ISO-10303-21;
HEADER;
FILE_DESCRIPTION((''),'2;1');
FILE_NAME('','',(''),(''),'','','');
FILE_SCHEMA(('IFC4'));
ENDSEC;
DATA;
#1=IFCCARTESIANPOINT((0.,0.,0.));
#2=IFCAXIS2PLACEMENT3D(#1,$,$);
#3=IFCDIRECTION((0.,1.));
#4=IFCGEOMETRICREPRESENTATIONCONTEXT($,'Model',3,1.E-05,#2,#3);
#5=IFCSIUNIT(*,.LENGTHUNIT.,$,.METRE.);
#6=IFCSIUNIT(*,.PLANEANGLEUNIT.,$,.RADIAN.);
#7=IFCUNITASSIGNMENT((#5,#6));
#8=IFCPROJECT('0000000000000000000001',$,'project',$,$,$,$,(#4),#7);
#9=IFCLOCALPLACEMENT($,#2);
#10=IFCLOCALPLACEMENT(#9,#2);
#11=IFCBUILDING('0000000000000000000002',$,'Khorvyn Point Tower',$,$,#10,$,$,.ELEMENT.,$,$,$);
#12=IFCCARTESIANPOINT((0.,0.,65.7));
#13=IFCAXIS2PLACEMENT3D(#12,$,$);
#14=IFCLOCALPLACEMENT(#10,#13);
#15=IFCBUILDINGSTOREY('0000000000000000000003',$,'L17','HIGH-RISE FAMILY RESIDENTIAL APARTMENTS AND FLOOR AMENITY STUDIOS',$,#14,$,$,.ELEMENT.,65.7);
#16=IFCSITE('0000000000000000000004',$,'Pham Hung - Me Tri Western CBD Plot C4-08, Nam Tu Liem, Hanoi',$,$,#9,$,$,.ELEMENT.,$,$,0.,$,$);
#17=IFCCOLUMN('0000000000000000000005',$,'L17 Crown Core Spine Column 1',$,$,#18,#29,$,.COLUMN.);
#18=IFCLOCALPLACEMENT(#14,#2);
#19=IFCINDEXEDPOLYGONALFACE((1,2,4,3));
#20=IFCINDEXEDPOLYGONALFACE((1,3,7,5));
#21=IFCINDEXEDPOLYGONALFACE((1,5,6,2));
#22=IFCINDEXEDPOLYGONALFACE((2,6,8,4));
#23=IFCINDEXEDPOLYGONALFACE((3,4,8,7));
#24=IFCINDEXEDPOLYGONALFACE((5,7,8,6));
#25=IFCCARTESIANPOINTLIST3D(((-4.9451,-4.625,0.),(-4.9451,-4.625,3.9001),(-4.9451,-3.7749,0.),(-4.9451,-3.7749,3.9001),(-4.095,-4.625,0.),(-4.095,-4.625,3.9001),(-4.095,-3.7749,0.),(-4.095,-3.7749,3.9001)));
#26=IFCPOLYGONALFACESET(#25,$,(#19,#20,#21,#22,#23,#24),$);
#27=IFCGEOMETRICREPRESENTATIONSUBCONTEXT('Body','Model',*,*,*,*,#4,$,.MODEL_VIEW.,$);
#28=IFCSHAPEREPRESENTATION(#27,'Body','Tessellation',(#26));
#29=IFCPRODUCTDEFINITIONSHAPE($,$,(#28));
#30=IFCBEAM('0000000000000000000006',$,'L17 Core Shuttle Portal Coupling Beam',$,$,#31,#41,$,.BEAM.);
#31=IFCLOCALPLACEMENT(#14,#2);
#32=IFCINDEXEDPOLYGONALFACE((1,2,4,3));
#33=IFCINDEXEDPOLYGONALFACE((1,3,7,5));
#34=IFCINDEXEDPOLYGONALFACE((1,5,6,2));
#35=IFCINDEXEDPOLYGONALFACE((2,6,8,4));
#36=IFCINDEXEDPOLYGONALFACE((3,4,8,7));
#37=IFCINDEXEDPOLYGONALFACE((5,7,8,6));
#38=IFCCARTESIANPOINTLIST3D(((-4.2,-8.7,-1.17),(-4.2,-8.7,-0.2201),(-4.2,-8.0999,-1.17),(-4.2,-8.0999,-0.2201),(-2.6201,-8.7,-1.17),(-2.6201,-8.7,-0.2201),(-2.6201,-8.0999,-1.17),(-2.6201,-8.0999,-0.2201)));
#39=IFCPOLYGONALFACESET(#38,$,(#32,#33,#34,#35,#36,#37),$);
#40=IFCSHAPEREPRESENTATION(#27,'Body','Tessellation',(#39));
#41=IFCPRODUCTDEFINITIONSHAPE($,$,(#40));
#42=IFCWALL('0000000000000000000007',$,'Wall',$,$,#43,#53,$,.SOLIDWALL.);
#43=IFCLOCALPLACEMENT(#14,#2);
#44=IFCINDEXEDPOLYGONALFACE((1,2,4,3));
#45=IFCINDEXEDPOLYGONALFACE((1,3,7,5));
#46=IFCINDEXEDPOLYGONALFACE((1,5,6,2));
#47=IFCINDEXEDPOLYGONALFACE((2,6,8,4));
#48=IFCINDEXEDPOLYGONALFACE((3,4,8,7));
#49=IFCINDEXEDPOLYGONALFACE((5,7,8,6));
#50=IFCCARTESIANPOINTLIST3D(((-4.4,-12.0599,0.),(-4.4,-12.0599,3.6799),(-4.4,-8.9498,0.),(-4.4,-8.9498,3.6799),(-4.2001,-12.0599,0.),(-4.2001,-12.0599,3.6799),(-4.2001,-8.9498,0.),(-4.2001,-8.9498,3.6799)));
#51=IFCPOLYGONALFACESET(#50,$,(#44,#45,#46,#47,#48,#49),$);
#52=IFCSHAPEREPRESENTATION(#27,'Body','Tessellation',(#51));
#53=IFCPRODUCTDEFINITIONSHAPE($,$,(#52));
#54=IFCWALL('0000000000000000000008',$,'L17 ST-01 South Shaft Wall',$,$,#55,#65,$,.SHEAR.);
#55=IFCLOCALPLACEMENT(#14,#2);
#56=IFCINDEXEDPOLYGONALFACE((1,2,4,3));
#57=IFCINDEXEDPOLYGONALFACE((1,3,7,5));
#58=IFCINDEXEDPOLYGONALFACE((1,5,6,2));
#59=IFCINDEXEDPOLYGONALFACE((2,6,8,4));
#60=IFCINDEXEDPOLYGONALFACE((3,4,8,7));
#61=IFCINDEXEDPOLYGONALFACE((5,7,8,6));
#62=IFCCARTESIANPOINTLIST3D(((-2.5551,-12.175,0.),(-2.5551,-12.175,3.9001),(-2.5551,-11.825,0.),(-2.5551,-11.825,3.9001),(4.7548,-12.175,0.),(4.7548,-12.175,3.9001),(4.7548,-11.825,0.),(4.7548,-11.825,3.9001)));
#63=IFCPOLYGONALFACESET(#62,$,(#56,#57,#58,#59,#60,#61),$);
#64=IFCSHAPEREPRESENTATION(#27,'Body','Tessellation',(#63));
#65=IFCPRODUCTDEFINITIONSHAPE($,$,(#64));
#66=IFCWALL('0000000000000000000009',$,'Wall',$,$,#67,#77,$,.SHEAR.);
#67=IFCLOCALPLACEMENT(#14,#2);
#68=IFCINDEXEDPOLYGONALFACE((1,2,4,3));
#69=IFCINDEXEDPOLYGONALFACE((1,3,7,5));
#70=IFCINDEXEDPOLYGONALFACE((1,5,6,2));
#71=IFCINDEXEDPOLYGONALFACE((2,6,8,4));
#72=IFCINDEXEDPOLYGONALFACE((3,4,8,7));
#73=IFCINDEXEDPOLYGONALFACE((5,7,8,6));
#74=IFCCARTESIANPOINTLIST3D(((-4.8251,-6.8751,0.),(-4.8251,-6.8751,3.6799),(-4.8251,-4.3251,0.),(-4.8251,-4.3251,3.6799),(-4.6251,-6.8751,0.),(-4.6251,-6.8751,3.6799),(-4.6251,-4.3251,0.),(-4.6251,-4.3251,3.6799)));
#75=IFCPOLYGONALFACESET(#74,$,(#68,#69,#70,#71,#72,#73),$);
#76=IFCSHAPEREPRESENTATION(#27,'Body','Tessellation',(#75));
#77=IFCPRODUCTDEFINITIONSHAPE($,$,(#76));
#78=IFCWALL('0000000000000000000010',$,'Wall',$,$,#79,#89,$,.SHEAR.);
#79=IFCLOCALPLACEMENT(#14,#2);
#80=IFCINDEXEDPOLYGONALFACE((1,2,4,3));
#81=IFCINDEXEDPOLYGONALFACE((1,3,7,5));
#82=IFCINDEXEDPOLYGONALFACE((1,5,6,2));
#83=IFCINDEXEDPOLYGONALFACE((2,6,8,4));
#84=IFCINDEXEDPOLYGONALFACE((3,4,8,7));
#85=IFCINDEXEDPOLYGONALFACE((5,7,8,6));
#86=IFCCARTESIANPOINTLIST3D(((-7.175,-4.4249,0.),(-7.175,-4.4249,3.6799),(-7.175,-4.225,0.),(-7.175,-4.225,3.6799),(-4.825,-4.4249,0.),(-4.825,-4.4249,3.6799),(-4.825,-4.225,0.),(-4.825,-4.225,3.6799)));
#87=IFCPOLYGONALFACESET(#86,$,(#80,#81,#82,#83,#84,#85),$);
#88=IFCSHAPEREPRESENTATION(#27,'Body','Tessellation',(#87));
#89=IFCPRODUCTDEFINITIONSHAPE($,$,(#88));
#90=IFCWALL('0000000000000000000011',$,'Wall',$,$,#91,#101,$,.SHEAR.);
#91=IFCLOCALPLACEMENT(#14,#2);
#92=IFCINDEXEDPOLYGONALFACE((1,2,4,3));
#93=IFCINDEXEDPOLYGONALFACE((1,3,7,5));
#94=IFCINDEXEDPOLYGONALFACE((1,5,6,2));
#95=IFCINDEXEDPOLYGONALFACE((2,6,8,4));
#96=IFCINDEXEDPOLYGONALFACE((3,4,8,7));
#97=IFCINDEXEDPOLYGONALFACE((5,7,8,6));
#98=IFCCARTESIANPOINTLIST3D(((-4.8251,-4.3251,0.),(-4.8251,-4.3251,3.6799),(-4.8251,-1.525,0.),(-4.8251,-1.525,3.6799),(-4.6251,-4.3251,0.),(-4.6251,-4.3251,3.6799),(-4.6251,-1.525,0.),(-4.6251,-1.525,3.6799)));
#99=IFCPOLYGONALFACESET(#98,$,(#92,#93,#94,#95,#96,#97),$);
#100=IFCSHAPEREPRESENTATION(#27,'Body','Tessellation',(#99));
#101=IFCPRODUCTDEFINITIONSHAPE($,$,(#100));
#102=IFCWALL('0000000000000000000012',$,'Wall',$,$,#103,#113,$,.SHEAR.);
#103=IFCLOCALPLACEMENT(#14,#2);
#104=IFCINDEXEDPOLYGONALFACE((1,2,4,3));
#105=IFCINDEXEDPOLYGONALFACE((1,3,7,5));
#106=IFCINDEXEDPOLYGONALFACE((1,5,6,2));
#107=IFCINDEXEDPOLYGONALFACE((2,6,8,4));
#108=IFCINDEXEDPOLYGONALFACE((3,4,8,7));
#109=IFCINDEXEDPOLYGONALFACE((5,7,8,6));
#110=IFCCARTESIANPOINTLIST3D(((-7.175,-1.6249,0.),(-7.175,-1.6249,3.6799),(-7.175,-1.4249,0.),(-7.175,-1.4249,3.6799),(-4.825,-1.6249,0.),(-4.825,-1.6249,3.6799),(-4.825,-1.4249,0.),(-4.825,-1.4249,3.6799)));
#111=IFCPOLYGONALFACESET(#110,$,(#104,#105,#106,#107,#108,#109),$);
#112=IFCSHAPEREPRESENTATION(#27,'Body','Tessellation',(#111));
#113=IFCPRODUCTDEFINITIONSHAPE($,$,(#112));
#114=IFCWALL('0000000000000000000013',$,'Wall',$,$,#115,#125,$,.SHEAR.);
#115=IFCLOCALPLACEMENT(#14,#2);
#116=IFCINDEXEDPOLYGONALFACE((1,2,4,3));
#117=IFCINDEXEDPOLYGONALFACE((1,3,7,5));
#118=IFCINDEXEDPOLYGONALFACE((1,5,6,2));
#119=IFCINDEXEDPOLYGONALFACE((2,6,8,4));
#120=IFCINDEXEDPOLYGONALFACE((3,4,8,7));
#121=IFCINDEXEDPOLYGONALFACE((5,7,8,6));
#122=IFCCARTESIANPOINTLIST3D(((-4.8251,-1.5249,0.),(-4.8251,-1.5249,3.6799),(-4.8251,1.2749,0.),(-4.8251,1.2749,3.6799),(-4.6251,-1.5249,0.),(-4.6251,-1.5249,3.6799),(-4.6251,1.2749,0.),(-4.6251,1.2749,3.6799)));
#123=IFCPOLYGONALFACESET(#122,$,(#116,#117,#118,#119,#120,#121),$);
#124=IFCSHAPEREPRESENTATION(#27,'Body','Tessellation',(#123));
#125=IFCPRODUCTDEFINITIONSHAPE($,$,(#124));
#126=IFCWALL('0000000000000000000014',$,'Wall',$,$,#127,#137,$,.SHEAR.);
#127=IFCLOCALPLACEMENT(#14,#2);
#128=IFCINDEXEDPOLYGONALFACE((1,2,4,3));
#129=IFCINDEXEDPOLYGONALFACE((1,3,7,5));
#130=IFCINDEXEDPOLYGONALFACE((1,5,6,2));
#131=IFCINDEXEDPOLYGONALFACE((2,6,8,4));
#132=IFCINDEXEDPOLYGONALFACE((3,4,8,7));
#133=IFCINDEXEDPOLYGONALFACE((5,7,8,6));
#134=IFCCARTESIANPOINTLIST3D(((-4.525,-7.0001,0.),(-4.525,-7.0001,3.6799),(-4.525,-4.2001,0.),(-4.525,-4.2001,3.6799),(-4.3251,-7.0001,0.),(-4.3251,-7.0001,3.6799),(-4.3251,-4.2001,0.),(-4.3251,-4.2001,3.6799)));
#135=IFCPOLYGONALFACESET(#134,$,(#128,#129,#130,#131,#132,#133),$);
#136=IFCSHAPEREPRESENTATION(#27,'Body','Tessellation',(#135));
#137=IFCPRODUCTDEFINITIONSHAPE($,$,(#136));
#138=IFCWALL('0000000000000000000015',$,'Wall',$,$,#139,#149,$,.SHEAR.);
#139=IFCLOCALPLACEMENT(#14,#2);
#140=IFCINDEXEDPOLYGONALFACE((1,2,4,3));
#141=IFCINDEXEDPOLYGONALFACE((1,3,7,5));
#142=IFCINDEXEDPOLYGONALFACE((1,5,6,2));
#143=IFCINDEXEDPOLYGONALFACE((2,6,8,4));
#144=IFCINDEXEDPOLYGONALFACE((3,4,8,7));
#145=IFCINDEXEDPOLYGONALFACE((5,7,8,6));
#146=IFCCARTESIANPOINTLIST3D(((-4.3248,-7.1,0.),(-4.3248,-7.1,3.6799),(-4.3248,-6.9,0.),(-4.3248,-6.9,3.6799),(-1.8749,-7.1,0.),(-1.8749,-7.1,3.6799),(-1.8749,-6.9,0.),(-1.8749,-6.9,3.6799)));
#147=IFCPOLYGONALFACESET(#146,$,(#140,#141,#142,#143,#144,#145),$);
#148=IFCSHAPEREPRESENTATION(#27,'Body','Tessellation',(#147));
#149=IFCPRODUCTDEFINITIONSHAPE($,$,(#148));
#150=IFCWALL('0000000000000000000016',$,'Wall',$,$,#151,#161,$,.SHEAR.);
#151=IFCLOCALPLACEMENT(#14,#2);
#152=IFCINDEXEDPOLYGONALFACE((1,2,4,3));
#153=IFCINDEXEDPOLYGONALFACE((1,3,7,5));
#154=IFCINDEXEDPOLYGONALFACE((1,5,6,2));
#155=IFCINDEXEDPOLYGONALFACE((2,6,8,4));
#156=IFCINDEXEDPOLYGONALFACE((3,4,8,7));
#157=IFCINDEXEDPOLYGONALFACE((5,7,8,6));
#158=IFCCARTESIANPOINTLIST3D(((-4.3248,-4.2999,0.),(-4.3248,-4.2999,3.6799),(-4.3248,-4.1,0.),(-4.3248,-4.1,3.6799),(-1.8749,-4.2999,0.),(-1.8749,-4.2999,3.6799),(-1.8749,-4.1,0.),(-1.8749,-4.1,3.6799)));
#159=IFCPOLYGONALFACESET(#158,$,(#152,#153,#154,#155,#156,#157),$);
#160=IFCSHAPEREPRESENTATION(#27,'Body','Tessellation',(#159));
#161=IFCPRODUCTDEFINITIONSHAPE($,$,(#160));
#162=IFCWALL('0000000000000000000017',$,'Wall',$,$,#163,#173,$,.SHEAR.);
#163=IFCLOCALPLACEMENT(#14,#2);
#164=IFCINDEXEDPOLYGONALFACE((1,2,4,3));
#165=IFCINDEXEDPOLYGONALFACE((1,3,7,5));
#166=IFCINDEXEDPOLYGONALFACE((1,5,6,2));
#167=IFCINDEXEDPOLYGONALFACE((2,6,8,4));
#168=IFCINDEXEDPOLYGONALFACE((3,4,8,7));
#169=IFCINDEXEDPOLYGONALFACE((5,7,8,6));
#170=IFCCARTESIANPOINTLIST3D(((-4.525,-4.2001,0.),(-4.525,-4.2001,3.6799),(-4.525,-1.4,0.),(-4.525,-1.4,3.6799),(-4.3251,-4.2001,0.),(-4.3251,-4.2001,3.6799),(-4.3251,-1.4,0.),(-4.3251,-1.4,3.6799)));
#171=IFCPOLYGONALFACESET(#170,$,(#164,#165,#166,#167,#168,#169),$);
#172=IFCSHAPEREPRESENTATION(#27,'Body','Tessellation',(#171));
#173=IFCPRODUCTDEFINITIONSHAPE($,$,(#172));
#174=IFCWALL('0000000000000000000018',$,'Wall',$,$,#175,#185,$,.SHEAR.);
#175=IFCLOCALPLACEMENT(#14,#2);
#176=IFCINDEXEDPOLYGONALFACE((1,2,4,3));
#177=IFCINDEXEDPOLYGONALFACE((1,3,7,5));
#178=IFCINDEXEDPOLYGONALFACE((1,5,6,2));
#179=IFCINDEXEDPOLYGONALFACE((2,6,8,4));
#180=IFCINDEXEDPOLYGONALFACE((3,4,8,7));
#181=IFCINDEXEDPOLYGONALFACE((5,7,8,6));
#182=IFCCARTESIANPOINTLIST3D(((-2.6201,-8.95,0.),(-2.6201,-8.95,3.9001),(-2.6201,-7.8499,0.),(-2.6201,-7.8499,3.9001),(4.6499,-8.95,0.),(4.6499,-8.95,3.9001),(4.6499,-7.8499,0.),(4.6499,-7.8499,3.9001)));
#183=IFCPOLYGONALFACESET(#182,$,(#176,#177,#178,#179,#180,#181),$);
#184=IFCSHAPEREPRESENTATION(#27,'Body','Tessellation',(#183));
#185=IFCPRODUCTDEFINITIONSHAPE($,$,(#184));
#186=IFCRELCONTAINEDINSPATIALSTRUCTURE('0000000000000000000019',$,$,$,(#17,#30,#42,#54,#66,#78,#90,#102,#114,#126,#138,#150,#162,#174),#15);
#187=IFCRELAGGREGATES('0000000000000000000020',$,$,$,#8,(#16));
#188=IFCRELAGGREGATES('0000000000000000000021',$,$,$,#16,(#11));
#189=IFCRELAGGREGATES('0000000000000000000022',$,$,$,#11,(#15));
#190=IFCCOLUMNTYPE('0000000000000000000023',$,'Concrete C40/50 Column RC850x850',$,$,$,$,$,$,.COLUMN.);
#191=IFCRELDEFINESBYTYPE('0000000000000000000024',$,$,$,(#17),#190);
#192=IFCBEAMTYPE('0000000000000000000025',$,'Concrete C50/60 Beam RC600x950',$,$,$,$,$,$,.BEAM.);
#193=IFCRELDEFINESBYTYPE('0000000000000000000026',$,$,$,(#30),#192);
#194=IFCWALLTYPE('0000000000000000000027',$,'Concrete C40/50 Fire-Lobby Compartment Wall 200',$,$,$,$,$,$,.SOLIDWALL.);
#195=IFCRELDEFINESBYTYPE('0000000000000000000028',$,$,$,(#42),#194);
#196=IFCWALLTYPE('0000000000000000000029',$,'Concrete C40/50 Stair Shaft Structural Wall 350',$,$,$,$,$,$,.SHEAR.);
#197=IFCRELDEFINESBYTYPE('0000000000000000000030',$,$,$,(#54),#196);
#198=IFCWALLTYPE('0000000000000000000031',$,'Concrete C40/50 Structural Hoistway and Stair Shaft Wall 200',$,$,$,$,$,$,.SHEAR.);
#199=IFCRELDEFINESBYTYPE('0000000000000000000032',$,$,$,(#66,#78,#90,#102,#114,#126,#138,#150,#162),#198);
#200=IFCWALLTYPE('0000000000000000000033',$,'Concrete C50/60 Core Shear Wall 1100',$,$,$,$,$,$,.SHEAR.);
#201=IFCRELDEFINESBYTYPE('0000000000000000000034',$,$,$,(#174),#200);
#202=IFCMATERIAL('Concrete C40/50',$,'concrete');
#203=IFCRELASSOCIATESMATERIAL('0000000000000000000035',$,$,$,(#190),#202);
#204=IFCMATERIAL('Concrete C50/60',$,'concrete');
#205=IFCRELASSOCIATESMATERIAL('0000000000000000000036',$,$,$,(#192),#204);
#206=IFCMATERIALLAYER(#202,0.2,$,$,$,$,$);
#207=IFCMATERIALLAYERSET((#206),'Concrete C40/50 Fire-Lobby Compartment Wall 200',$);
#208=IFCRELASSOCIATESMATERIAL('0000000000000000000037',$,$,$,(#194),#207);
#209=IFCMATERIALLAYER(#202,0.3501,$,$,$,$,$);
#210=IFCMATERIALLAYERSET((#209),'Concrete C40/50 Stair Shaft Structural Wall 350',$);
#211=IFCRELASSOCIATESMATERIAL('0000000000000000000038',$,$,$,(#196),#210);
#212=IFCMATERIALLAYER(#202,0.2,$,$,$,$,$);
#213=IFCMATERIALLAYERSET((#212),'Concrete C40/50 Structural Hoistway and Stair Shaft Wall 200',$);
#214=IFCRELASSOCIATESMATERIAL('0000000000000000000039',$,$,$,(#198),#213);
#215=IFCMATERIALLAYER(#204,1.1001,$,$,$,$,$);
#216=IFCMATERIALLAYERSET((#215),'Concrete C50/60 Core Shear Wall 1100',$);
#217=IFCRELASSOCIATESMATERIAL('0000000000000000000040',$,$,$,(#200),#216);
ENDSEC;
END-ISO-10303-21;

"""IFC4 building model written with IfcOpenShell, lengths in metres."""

from ifc_helpers import new_model, si_unit, direction, frame, frame_2d, origin, origin_2d, place, context, subcontext, project, spatial, rectangle, extrude, material, layer, layer_set, material_profile, profile_set, type_object, element, save


model = new_model("IFC4")

# Units and contexts
model_context = context("Model", 3, precision=1e-05, world=origin(), true_north=direction((0.0, 1.0)))
body_context = subcontext(model_context, "Body", "Model", "MODEL_VIEW")
ifc_project = project(units=[si_unit("LENGTHUNIT", "METRE"), si_unit("PLANEANGLEUNIT", "RADIAN")], contexts=[model_context])

# Site, building, storey
site_placement = place(None, origin())
site = spatial("IfcSite", under=ifc_project, at=site_placement, Name="Pham Hung - Me Tri Western CBD Plot C4-08, Nam Tu Liem, Hanoi", CompositionType="ELEMENT", RefElevation=0.0)
building_placement = place(site_placement, origin())
building = spatial("IfcBuilding", under=site, at=building_placement, Name="Khorvyn Point Tower", CompositionType="ELEMENT")
storey_placement = place(building_placement, frame((0.0, 0.0, 65.7)))
storey = spatial("IfcBuildingStorey", under=building, at=storey_placement, Name="L17", Description="HIGH-RISE FAMILY RESIDENTIAL APARTMENTS AND FLOOR AMENITY STUDIOS", CompositionType="ELEMENT", Elevation=65.7)

# Column
ifc_material_1 = material(Name="Concrete C40/50", Category="concrete")
ifc_material_profile_1 = material_profile(ifc_material_1, rectangle(XDim=0.8501, YDim=0.8501, at=origin_2d()))
ifc_profile_set_1 = profile_set([ifc_material_profile_1], Name="Concrete C40/50 RC850x850")
column_type = type_object("IfcColumnType", Name="Concrete C40/50 Column RC850x850", PredefinedType="COLUMN", material=ifc_profile_set_1)
column_placement = place(storey_placement, frame((-4.52, -4.2, 0.0), z_axis=(0.0, 0.0, 1.0), x_axis=(1.0, 0.0, 0.0)))
element("IfcColumn", 1, at=column_placement, inside=storey, type_object=column_type, Name="L17 Crown Core Spine Column 1", PredefinedType="COLUMN", context=body_context, shape_type="SweptSolid", body=[
    extrude(rectangle(XDim=0.8501, YDim=0.8501, at=origin_2d()), origin(), (0.0, 0.0, 1.0), 3.9001),
])

# Beam
ifc_material_2 = material(Name="Concrete C50/60", Category="concrete")
ifc_material_profile_2 = material_profile(ifc_material_2, rectangle(XDim=0.6001, YDim=0.95, at=origin_2d()))
ifc_profile_set_2 = profile_set([ifc_material_profile_2], Name="Concrete C50/60 RC600x950")
beam_type = type_object("IfcBeamType", Name="Concrete C50/60 Beam RC600x950", PredefinedType="BEAM", material=ifc_profile_set_2)
beam_placement = place(storey_placement, frame((-4.2, -8.3999, -0.6951), z_axis=(1.0, 0.0, 0.0), x_axis=(0.0, 1.0, 0.0)))
element("IfcBeam", 2, at=beam_placement, inside=storey, type_object=beam_type, Name="L17 Core Shuttle Portal Coupling Beam", PredefinedType="BEAM", context=body_context, shape_type="SweptSolid", body=[
    extrude(rectangle(XDim=0.6001, YDim=0.95, at=origin_2d()), origin(), (0.0, 0.0, 1.0), 1.5798),
])

# Shared definitions
ifc_layer_1 = layer(ifc_material_1, 0.2)
ifc_layer_set_1 = layer_set([ifc_layer_1], Name="Concrete C40/50 Fire-Lobby Compartment Wall 200")
wall_type_1 = type_object("IfcWallType", Name="Concrete C40/50 Fire-Lobby Compartment Wall 200", PredefinedType="SOLIDWALL", material=ifc_layer_set_1)

# Walls
wall_1_placement = place(storey_placement, frame((-4.3, -12.0601, 0.0), z_axis=(0.0, 0.0, 1.0), x_axis=(0.0, 1.0, 0.0)))
element("IfcWall", 3, at=wall_1_placement, inside=storey, type_object=wall_type_1, Name="Wall", PredefinedType="SOLIDWALL", context=body_context, shape_type="SweptSolid", body=[
    extrude(rectangle(XDim=3.1101, YDim=0.2, at=frame_2d((1.5552, 0.0))), origin(), (0.0, 0.0, 1.0), 3.6799),
])
ifc_layer_2 = layer(ifc_material_1, 0.3501)
ifc_layer_set_2 = layer_set([ifc_layer_2], Name="Concrete C40/50 Stair Shaft Structural Wall 350")
wall_type_2 = type_object("IfcWallType", Name="Concrete C40/50 Stair Shaft Structural Wall 350", PredefinedType="SHEAR", material=ifc_layer_set_2)
wall_2_placement = place(storey_placement, frame((-2.5549, -12.0, 0.0), z_axis=(0.0, 0.0, 1.0), x_axis=(1.0, 0.0, 0.0)))
element("IfcWall", 4, at=wall_2_placement, inside=storey, type_object=wall_type_2, Name="L17 ST-01 South Shaft Wall", PredefinedType="SHEAR", context=body_context, shape_type="SweptSolid", body=[
    extrude(rectangle(XDim=7.3098, YDim=0.3501, at=frame_2d((3.6548, 0.0))), origin(), (0.0, 0.0, 1.0), 3.9001),
])
ifc_layer_3 = layer(ifc_material_1, 0.2)
ifc_layer_set_3 = layer_set([ifc_layer_3], Name="Concrete C40/50 Structural Hoistway and Stair Shaft Wall 200")
wall_type_3 = type_object("IfcWallType", Name="Concrete C40/50 Structural Hoistway and Stair Shaft Wall 200", PredefinedType="SHEAR", material=ifc_layer_set_3)
wall_3_placement = place(storey_placement, frame((-4.7251, -6.875, 0.0), z_axis=(0.0, 0.0, 1.0), x_axis=(0.0, 1.0, 0.0)))
element("IfcWall", 5, at=wall_3_placement, inside=storey, type_object=wall_type_3, Name="Wall", PredefinedType="SHEAR", context=body_context, shape_type="SweptSolid", body=[
    extrude(rectangle(XDim=2.55, YDim=0.2, at=frame_2d((1.2749, 0.0))), origin(), (0.0, 0.0, 1.0), 3.6799),
])
wall_4_placement = place(storey_placement, frame((-7.175, -4.325, 0.0), z_axis=(0.0, 0.0, 1.0), x_axis=(1.0, 0.0, 0.0)))
element("IfcWall", 6, at=wall_4_placement, inside=storey, type_object=wall_type_3, Name="Wall", PredefinedType="SHEAR", context=body_context, shape_type="SweptSolid", body=[
    extrude(rectangle(XDim=2.3501, YDim=0.2, at=frame_2d((1.175, 0.0))), origin(), (0.0, 0.0, 1.0), 3.6799),
])
wall_5_placement = place(storey_placement, frame((-4.7251, -4.325, 0.0), z_axis=(0.0, 0.0, 1.0), x_axis=(0.0, 1.0, 0.0)))
element("IfcWall", 7, at=wall_5_placement, inside=storey, type_object=wall_type_3, Name="Wall", PredefinedType="SHEAR", context=body_context, shape_type="SweptSolid", body=[
    extrude(rectangle(XDim=2.8, YDim=0.2, at=frame_2d((1.3999, 0.0))), origin(), (0.0, 0.0, 1.0), 3.6799),
])
wall_6_placement = place(storey_placement, frame((-7.175, -1.5249, 0.0), z_axis=(0.0, 0.0, 1.0), x_axis=(1.0, 0.0, 0.0)))
element("IfcWall", 8, at=wall_6_placement, inside=storey, type_object=wall_type_3, Name="Wall", PredefinedType="SHEAR", context=body_context, shape_type="SweptSolid", body=[
    extrude(rectangle(XDim=2.3501, YDim=0.2, at=frame_2d((1.175, 0.0))), origin(), (0.0, 0.0, 1.0), 3.6799),
])
wall_7_placement = place(storey_placement, frame((-4.7251, -1.5249, 0.0), z_axis=(0.0, 0.0, 1.0), x_axis=(0.0, 1.0, 0.0)))
element("IfcWall", 9, at=wall_7_placement, inside=storey, type_object=wall_type_3, Name="Wall", PredefinedType="SHEAR", context=body_context, shape_type="SweptSolid", body=[
    extrude(rectangle(XDim=2.7998, YDim=0.2, at=frame_2d((1.3999, 0.0))), origin(), (0.0, 0.0, 1.0), 3.6799),
])
wall_8_placement = place(storey_placement, frame((-4.425, -7.0, 0.0), z_axis=(0.0, 0.0, 1.0), x_axis=(0.0, 1.0, 0.0)))
element("IfcWall", 10, at=wall_8_placement, inside=storey, type_object=wall_type_3, Name="Wall", PredefinedType="SHEAR", context=body_context, shape_type="SweptSolid", body=[
    extrude(rectangle(XDim=2.8, YDim=0.2, at=frame_2d((1.3999, 0.0))), origin(), (0.0, 0.0, 1.0), 3.6799),
])
for number, where, z_axis, x_axis, name in (
    (11, (-4.325, -7.0, 0.0), (0.0, 0.0, 1.0), (1.0, 0.0, 0.0), "Wall"),
    (12, (-4.325, -4.2, 0.0), (0.0, 0.0, 1.0), (1.0, 0.0, 0.0), "Wall"),
):
    element("IfcWall", number, at=place(storey_placement, frame(where, z_axis=z_axis, x_axis=x_axis)), inside=storey, type_object=wall_type_3, Name=name, PredefinedType="SHEAR", context=body_context, shape_type="SweptSolid", body=[
        extrude(rectangle(XDim=2.45, YDim=0.2, at=frame_2d((1.2251, 0.0))), origin(), (0.0, 0.0, 1.0), 3.6799),
    ])
wall_9_placement = place(storey_placement, frame((-4.425, -4.2, 0.0), z_axis=(0.0, 0.0, 1.0), x_axis=(0.0, 1.0, 0.0)))
element("IfcWall", 13, at=wall_9_placement, inside=storey, type_object=wall_type_3, Name="Wall", PredefinedType="SHEAR", context=body_context, shape_type="SweptSolid", body=[
    extrude(rectangle(XDim=2.8, YDim=0.2, at=frame_2d((1.3999, 0.0))), origin(), (0.0, 0.0, 1.0), 3.6799),
])
ifc_layer_4 = layer(ifc_material_2, 1.1001)
ifc_layer_set_4 = layer_set([ifc_layer_4], Name="Concrete C50/60 Core Shear Wall 1100")
wall_type_4 = type_object("IfcWallType", Name="Concrete C50/60 Core Shear Wall 1100", PredefinedType="SHEAR", material=ifc_layer_set_4)
wall_10_placement = place(storey_placement, frame((-2.6201, -8.3999, 0.0), z_axis=(0.0, 0.0, 1.0), x_axis=(1.0, 0.0, 0.0)))
element("IfcWall", 14, at=wall_10_placement, inside=storey, type_object=wall_type_4, Name="Wall", PredefinedType="SHEAR", context=body_context, shape_type="SweptSolid", body=[
    extrude(rectangle(XDim=7.27, YDim=1.1001, at=frame_2d((3.635, 0.0))), origin(), (0.0, 0.0, 1.0), 3.9001),
])

save(model, "model.ifc")
